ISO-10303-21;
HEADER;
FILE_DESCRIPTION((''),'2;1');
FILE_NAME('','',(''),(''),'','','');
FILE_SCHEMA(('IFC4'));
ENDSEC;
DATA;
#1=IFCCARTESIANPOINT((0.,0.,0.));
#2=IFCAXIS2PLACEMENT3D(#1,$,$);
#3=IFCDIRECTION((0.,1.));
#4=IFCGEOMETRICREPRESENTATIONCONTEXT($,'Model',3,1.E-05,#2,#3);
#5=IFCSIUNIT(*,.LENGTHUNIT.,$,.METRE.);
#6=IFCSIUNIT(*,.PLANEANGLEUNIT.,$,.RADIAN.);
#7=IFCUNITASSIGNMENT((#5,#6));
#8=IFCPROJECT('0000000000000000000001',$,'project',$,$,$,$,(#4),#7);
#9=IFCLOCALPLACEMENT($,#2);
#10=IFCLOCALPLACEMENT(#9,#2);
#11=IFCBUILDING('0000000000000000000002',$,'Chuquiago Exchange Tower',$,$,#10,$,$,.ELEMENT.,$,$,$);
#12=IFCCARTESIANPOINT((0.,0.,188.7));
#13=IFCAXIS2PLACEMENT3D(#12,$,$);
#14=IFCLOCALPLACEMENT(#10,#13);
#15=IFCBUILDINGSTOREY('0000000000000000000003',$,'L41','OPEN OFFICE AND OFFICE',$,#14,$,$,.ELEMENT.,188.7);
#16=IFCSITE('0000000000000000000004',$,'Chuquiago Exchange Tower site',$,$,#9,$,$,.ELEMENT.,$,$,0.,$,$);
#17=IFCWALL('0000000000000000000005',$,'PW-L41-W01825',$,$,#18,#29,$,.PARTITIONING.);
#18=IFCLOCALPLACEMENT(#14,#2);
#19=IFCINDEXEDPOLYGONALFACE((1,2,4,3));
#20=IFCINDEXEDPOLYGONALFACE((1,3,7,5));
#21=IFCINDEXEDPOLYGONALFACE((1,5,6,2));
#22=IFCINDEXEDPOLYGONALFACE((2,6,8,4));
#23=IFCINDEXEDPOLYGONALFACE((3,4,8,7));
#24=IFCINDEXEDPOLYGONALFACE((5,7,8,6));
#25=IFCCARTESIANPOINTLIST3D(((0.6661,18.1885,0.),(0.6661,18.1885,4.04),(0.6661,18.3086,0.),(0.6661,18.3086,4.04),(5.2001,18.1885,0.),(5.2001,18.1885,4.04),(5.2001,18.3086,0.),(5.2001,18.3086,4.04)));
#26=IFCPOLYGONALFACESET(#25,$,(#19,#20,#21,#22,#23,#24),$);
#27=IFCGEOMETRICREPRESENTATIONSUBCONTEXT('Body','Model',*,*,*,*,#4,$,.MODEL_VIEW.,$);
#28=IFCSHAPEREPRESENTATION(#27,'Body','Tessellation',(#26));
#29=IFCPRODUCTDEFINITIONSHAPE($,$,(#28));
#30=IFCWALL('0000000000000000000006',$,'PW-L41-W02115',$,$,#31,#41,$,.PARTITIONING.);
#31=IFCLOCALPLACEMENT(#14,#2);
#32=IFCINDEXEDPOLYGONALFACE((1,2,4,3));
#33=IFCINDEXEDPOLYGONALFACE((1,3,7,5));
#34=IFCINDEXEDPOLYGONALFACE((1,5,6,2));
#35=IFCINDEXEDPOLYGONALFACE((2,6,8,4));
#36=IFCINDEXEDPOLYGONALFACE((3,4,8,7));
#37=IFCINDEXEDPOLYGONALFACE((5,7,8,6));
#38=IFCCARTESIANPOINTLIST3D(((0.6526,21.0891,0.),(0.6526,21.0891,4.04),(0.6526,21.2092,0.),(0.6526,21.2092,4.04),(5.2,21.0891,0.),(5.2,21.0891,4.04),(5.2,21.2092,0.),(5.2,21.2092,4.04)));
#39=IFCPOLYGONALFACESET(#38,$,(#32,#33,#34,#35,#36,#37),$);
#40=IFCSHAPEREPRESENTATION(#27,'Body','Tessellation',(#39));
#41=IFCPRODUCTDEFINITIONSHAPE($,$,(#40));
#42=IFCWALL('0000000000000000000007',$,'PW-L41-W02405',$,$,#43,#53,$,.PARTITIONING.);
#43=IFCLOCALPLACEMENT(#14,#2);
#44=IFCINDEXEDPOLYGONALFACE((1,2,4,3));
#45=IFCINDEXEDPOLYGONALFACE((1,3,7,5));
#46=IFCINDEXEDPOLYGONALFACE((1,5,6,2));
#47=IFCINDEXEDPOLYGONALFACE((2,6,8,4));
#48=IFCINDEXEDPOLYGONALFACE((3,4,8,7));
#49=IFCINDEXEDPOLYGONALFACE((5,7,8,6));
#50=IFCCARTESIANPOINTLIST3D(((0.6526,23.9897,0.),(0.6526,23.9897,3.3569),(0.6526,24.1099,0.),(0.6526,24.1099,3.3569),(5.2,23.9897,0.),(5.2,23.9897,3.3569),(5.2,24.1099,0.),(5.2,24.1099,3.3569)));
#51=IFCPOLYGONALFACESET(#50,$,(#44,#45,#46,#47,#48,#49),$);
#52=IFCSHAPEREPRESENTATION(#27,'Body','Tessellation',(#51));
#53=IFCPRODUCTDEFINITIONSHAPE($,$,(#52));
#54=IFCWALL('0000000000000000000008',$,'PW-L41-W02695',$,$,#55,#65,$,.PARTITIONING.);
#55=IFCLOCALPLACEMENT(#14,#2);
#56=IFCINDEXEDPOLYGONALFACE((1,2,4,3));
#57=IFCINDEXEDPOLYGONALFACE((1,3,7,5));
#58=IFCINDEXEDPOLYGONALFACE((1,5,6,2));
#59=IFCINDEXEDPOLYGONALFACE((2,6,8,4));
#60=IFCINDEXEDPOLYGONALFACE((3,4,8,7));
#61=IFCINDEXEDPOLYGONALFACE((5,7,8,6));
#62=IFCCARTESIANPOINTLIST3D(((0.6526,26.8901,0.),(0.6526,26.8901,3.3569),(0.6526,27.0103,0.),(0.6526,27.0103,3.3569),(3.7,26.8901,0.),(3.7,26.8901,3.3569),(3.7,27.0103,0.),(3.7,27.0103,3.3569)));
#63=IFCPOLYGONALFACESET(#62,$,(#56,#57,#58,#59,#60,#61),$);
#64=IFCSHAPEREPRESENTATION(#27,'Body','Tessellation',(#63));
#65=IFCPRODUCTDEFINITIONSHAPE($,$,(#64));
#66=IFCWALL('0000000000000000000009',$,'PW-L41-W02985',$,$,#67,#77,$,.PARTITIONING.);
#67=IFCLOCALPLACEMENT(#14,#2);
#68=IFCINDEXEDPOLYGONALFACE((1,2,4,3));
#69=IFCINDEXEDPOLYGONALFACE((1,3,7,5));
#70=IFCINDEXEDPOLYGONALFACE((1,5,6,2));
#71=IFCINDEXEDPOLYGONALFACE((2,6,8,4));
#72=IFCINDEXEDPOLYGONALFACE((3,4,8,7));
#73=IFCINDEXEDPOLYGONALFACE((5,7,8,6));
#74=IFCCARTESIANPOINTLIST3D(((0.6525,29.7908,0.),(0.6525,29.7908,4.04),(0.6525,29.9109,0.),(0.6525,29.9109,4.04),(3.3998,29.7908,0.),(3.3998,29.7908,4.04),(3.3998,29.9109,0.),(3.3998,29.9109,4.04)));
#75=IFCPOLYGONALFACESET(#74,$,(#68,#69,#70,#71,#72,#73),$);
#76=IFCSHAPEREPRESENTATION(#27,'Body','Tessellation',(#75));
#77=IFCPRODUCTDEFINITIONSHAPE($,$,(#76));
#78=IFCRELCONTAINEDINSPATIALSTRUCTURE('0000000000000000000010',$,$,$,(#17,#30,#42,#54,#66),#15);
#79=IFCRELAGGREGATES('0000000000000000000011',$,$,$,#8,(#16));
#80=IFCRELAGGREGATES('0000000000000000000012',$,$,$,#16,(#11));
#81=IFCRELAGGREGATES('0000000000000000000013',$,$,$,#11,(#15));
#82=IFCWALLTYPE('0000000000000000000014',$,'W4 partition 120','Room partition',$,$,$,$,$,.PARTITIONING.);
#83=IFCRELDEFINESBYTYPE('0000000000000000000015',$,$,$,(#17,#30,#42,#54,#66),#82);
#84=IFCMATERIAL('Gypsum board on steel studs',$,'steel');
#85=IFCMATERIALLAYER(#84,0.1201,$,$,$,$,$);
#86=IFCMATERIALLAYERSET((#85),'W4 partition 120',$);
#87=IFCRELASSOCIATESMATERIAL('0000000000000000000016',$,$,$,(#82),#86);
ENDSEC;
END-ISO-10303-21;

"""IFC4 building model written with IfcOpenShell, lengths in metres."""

from ifc_helpers import new_model, si_unit, direction, frame, frame_2d, origin, place, context, subcontext, project, spatial, rectangle, extrude, material, layer, layer_set, type_object, element, save


model = new_model("IFC4")

# Units and contexts
model_context = context("Model", 3, precision=1e-05, world=origin(), true_north=direction((0.0, 1.0)))
body_context = subcontext(model_context, "Body", "Model", "MODEL_VIEW")
ifc_project = project(units=[si_unit("LENGTHUNIT", "METRE"), si_unit("PLANEANGLEUNIT", "RADIAN")], contexts=[model_context])

# Site, building, storey
site_placement = place(None, origin())
site = spatial("IfcSite", under=ifc_project, at=site_placement, Name="Chuquiago Exchange Tower site", CompositionType="ELEMENT", RefElevation=0.0)
building_placement = place(site_placement, origin())
building = spatial("IfcBuilding", under=site, at=building_placement, Name="Chuquiago Exchange Tower", CompositionType="ELEMENT")
storey_placement = place(building_placement, frame((0.0, 0.0, 188.7)))
storey = spatial("IfcBuildingStorey", under=building, at=storey_placement, Name="L41", Description="OPEN OFFICE AND OFFICE", CompositionType="ELEMENT", Elevation=188.7)

# Walls
ifc_material_1 = material(Name="Gypsum board on steel studs", Category="steel")
ifc_layer_1 = layer(ifc_material_1, 0.1201)
ifc_layer_set_1 = layer_set([ifc_layer_1], Name="W4 partition 120")
wall_type = type_object("IfcWallType", Name="W4 partition 120", Description="Room partition", PredefinedType="PARTITIONING", material=ifc_layer_set_1)
wall_1_placement = place(storey_placement, frame((0.666, 18.2485, 0.0), z_axis=(0.0, 0.0, 1.0), x_axis=(1.0, 0.0, 0.0)))
element("IfcWall", 1, at=wall_1_placement, inside=storey, type_object=wall_type, Name="PW-L41-W01825", PredefinedType="PARTITIONING", context=body_context, shape_type="SweptSolid", body=[
    extrude(rectangle(XDim=4.5339, YDim=0.1201, at=frame_2d((2.2671, 0.0))), origin(), (0.0, 0.0, 1.0), 4.04),
])
wall_2_placement = place(storey_placement, frame((0.6526, 21.1492, 0.0), z_axis=(0.0, 0.0, 1.0), x_axis=(1.0, 0.0, 0.0)))
element("IfcWall", 2, at=wall_2_placement, inside=storey, type_object=wall_type, Name="PW-L41-W02115", PredefinedType="PARTITIONING", context=body_context, shape_type="SweptSolid", body=[
    extrude(rectangle(XDim=4.5474, YDim=0.1201, at=frame_2d((2.2737, 0.0))), origin(), (0.0, 0.0, 1.0), 4.04),
])
wall_3_placement = place(storey_placement, frame((0.6526, 24.0498, 0.0), z_axis=(0.0, 0.0, 1.0), x_axis=(1.0, 0.0, 0.0)))
element("IfcWall", 3, at=wall_3_placement, inside=storey, type_object=wall_type, Name="PW-L41-W02405", PredefinedType="PARTITIONING", context=body_context, shape_type="SweptSolid", body=[
    extrude(rectangle(XDim=4.5474, YDim=0.1201, at=frame_2d((2.2737, 0.0))), origin(), (0.0, 0.0, 1.0), 3.3569),
])
wall_4_placement = place(storey_placement, frame((0.6526, 26.9502, 0.0), z_axis=(0.0, 0.0, 1.0), x_axis=(1.0, 0.0, 0.0)))
element("IfcWall", 4, at=wall_4_placement, inside=storey, type_object=wall_type, Name="PW-L41-W02695", PredefinedType="PARTITIONING", context=body_context, shape_type="SweptSolid", body=[
    extrude(rectangle(XDim=3.0474, YDim=0.1201, at=frame_2d((1.5237, 0.0))), origin(), (0.0, 0.0, 1.0), 3.3569),
])
wall_5_placement = place(storey_placement, frame((0.6526, 29.8508, 0.0), z_axis=(0.0, 0.0, 1.0), x_axis=(1.0, 0.0, 0.0)))
element("IfcWall", 5, at=wall_5_placement, inside=storey, type_object=wall_type, Name="PW-L41-W02985", PredefinedType="PARTITIONING", context=body_context, shape_type="SweptSolid", body=[
    extrude(rectangle(XDim=2.7473, YDim=0.1201, at=frame_2d((1.3735, 0.0))), origin(), (0.0, 0.0, 1.0), 4.04),
])

save(model, "model.ifc")
